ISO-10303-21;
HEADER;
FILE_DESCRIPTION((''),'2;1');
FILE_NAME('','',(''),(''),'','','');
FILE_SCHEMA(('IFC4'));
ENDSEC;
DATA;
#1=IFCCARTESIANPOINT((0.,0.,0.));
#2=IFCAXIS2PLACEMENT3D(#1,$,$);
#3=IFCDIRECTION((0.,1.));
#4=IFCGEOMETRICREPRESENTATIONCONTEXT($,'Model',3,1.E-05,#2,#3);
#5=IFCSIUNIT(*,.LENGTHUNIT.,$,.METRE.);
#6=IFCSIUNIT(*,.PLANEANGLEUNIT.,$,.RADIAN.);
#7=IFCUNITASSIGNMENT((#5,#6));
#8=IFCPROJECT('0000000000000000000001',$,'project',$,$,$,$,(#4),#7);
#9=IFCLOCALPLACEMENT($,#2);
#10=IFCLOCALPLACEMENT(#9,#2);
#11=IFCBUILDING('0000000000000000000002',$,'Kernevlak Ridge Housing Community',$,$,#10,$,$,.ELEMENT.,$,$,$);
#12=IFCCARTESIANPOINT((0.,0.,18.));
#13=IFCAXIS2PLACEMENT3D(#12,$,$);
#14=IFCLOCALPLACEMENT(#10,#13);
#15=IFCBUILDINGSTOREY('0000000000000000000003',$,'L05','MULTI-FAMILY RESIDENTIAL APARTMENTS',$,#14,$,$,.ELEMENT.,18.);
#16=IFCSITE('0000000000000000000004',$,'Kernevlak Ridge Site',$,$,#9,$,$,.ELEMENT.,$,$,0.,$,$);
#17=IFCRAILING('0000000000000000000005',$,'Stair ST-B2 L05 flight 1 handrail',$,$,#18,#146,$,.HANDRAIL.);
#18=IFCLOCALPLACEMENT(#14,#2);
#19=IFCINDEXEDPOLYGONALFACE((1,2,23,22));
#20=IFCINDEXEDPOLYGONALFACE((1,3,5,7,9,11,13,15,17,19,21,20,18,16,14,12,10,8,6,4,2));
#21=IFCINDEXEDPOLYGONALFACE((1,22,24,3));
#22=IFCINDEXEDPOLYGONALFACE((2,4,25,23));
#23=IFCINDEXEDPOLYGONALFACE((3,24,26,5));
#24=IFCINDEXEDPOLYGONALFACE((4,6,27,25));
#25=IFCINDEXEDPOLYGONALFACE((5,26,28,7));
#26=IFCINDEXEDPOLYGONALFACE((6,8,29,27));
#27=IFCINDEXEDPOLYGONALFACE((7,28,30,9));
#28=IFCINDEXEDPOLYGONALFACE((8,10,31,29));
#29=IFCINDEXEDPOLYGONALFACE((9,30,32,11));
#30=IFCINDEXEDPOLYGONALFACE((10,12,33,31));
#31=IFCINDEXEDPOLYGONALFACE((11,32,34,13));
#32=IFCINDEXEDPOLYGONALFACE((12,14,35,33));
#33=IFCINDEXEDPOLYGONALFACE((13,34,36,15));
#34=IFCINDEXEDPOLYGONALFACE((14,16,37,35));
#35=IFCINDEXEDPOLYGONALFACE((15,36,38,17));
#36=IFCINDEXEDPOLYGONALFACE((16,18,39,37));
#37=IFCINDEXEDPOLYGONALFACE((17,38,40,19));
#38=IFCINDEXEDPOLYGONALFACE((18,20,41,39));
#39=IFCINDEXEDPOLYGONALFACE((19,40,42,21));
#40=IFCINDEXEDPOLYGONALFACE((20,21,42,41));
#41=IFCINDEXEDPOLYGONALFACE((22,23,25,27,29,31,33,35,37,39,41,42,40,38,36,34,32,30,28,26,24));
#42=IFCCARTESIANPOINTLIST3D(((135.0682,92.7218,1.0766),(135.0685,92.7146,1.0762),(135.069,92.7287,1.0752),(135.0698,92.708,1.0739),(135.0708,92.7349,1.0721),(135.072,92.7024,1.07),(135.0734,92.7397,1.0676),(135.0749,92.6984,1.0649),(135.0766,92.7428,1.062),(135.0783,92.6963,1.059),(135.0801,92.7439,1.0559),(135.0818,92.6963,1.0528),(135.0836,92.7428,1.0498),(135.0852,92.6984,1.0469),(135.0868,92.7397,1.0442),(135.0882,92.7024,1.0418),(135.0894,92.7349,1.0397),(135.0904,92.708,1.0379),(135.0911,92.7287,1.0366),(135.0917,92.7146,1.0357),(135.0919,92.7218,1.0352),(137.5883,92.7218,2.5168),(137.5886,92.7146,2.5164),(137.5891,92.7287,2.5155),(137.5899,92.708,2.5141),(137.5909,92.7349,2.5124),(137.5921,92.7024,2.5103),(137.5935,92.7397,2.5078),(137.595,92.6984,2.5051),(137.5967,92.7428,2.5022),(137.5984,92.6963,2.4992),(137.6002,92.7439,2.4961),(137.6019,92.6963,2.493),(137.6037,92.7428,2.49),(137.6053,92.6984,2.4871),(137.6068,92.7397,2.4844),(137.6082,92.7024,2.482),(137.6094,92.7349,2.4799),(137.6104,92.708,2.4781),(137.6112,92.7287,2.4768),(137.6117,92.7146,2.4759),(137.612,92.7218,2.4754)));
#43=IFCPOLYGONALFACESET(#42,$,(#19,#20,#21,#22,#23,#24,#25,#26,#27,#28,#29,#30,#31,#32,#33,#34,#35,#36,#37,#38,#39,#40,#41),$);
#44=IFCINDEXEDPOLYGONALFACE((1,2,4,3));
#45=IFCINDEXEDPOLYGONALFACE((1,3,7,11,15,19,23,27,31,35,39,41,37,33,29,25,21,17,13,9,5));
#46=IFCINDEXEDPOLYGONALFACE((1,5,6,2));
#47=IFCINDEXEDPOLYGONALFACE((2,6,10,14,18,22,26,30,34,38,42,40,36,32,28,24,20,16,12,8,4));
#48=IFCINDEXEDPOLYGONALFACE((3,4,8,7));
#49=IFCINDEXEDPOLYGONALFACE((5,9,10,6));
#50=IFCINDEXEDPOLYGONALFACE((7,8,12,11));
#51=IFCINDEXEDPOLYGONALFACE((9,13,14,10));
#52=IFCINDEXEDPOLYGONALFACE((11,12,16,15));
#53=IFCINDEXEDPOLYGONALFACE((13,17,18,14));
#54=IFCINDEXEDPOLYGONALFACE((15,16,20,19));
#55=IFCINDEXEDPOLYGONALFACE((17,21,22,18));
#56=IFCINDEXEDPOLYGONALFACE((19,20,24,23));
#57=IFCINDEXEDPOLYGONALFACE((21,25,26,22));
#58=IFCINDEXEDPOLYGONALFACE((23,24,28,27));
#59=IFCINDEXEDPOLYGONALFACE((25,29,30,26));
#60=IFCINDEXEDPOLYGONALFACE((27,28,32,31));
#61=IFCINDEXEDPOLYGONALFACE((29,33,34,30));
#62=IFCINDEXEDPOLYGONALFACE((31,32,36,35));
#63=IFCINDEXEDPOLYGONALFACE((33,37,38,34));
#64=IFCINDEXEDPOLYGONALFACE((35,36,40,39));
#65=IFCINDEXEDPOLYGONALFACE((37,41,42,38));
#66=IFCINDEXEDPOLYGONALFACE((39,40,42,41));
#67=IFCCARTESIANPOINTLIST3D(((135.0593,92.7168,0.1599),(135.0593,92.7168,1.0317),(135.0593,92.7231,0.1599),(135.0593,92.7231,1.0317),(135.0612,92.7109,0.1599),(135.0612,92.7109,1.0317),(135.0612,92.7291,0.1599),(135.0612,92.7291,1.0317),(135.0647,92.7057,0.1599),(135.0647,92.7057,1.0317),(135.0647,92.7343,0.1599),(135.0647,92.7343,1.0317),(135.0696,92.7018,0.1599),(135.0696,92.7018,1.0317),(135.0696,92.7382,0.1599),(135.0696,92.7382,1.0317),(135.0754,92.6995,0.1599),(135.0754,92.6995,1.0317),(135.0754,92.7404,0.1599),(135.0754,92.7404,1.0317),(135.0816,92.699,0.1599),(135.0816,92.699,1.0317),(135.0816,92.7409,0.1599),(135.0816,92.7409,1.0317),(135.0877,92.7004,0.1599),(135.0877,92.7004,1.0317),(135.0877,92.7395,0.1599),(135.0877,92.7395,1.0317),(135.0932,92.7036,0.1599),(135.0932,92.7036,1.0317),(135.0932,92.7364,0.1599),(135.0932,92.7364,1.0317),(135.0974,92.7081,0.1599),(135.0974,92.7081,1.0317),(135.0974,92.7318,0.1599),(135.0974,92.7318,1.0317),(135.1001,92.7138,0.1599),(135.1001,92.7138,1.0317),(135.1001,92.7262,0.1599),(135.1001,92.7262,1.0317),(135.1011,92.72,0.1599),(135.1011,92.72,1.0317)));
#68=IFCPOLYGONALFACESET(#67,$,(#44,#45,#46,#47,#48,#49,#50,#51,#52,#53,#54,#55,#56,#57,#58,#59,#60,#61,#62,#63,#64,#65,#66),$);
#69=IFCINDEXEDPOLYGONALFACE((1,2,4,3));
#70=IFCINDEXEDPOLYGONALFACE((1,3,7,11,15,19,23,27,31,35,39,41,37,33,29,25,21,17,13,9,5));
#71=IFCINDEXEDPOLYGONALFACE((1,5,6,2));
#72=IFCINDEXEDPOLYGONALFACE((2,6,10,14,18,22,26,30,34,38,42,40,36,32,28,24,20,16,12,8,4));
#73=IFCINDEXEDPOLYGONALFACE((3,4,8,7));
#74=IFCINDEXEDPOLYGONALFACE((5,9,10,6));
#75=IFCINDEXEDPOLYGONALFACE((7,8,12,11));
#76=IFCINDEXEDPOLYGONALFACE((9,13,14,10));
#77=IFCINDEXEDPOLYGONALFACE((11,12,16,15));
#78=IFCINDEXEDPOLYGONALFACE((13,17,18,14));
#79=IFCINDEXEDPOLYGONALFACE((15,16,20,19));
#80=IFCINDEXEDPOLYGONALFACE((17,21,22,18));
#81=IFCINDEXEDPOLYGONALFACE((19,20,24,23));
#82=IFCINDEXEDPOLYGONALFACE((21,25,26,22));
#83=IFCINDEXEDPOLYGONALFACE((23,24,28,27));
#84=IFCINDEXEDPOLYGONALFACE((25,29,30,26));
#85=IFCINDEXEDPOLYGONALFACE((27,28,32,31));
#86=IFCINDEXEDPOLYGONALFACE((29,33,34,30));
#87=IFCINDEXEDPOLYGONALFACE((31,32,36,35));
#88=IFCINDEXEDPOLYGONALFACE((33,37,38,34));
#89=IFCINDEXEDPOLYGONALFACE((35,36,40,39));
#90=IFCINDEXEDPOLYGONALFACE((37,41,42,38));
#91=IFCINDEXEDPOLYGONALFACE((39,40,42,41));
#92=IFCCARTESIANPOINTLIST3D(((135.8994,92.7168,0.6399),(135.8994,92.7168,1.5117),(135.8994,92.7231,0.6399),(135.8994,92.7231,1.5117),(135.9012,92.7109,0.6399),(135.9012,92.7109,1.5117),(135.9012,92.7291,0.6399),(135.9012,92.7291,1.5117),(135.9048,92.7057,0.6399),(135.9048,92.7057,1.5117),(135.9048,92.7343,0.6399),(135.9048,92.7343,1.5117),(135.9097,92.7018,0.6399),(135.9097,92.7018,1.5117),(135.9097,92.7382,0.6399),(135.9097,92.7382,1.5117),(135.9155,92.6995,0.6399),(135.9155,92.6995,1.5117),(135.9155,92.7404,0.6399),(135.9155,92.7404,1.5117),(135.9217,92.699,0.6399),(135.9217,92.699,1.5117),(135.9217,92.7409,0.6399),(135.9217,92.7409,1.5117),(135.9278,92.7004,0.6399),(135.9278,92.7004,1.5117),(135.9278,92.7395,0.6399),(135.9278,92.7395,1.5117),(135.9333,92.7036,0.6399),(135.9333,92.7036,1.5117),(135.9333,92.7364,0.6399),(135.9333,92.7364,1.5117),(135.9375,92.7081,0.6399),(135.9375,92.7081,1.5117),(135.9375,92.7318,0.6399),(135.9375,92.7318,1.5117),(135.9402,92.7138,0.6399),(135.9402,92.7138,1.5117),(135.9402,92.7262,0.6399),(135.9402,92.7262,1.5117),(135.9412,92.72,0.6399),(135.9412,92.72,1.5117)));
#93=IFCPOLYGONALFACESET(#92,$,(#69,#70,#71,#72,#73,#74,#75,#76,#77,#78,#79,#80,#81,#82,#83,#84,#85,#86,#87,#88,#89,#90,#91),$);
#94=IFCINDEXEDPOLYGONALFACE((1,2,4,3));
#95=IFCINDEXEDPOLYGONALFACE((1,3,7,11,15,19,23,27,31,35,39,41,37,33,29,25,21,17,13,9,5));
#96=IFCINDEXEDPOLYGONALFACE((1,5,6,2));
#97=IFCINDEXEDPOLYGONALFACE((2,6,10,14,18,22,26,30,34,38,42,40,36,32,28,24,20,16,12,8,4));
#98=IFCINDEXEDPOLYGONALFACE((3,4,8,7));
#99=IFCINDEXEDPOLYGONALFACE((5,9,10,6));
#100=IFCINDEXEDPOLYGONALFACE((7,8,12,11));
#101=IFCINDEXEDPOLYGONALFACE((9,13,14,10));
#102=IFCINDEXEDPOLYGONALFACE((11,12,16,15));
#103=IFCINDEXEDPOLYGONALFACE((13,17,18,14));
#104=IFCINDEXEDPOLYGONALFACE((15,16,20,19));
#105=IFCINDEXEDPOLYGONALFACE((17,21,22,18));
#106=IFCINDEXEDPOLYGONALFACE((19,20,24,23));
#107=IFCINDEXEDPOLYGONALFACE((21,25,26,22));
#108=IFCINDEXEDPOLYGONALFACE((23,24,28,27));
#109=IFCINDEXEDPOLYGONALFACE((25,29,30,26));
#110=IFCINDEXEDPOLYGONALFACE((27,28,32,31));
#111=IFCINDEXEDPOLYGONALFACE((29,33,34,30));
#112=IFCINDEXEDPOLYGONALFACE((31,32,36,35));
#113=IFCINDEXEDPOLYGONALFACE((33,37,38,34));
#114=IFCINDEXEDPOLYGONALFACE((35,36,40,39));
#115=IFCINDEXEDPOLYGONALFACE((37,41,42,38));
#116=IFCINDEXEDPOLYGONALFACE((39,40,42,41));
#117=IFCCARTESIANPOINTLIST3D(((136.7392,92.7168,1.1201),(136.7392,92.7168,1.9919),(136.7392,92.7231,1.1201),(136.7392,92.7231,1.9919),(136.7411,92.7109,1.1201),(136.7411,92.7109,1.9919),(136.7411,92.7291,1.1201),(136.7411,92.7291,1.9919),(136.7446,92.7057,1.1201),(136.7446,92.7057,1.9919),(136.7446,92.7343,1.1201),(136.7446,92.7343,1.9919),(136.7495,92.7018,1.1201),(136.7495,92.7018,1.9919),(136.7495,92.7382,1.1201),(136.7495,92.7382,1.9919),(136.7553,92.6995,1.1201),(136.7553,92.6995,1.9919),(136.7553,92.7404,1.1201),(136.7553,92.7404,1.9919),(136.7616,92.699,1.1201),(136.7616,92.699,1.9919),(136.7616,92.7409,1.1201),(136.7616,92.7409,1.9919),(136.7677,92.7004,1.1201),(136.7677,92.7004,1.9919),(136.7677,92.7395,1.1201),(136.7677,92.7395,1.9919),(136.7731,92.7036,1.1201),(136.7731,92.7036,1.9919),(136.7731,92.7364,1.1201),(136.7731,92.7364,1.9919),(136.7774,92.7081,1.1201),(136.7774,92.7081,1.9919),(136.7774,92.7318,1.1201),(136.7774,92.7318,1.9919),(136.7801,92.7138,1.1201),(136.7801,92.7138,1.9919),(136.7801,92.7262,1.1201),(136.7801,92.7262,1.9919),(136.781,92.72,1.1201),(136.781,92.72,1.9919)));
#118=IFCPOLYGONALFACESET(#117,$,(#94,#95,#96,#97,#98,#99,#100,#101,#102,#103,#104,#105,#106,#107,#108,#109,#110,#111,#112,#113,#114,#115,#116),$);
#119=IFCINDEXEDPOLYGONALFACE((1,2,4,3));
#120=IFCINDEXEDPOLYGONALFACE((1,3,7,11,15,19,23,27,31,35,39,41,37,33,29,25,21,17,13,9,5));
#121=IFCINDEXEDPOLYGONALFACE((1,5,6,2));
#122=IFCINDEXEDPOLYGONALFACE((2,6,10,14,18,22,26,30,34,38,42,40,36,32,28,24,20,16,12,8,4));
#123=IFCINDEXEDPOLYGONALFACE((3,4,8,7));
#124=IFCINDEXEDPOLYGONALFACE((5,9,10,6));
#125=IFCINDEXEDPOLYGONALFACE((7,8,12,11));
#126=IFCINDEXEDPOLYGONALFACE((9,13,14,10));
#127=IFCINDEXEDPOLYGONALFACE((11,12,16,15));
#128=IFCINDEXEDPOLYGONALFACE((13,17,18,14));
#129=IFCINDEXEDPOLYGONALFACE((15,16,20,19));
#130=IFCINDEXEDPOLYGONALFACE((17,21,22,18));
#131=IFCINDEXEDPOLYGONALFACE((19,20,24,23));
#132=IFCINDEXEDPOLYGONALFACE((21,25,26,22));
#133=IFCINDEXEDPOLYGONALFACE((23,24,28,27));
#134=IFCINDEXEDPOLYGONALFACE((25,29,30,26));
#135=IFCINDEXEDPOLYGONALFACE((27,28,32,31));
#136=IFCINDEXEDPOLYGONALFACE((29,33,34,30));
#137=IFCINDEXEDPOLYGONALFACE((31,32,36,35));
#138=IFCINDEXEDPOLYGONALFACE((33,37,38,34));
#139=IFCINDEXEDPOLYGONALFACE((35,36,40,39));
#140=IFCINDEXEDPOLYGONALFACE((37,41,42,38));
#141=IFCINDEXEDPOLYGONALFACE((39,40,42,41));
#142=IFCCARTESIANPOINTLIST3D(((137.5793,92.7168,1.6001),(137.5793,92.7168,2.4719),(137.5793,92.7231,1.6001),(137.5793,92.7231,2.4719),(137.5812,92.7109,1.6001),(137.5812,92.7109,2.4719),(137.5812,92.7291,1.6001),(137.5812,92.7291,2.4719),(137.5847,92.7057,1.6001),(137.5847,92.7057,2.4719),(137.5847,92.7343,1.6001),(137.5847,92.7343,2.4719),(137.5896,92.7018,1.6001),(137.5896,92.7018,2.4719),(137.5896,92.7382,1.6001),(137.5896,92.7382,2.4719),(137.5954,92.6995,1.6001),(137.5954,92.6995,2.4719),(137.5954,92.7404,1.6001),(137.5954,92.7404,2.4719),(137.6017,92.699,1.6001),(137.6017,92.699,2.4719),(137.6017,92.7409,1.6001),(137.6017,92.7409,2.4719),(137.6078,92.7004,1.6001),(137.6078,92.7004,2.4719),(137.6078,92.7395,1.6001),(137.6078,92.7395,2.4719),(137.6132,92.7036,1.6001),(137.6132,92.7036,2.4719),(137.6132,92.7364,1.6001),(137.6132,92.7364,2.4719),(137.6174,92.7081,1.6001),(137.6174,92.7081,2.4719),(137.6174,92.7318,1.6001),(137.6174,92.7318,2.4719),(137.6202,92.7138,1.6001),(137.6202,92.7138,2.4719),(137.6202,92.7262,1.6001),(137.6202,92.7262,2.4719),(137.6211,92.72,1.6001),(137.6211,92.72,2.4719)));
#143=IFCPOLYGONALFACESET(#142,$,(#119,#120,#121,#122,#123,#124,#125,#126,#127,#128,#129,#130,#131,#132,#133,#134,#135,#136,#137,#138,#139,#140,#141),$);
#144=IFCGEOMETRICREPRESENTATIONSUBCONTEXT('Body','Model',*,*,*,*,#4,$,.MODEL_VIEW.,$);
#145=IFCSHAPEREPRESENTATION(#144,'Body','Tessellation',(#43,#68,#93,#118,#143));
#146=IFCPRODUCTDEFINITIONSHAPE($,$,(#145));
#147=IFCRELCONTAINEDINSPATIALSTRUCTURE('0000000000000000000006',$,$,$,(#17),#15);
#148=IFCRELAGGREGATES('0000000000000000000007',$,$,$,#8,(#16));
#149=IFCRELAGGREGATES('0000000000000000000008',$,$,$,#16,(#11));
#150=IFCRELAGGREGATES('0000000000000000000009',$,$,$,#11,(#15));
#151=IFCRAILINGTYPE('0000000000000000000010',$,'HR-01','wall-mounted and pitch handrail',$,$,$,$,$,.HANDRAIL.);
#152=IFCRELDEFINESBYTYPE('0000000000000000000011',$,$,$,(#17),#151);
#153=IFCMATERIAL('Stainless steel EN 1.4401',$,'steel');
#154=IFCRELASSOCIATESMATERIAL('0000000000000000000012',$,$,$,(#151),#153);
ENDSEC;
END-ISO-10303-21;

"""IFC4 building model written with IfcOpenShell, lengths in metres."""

from ifc_helpers import new_model, si_unit, direction, frame, origin, origin_2d, place, context, subcontext, project, spatial, circle, extrude, material, type_object, element, save


model = new_model("IFC4")

# Units and contexts
model_context = context("Model", 3, precision=1e-05, world=origin(), true_north=direction((0.0, 1.0)))
body_context = subcontext(model_context, "Body", "Model", "MODEL_VIEW")
ifc_project = project(units=[si_unit("LENGTHUNIT", "METRE"), si_unit("PLANEANGLEUNIT", "RADIAN")], contexts=[model_context])

# Site, building, storey
site_placement = place(None, origin())
site = spatial("IfcSite", under=ifc_project, at=site_placement, Name="Kernevlak Ridge Site", CompositionType="ELEMENT", RefElevation=0.0)
building_placement = place(site_placement, origin())
building = spatial("IfcBuilding", under=site, at=building_placement, Name="Kernevlak Ridge Housing Community", CompositionType="ELEMENT")
storey_placement = place(building_placement, frame((0.0, 0.0, 18.0)))
storey = spatial("IfcBuildingStorey", under=building, at=storey_placement, Name="L05", Description="MULTI-FAMILY RESIDENTIAL APARTMENTS", CompositionType="ELEMENT", Elevation=18.0)

# Railing
ifc_material_1 = material(Name="Stainless steel EN 1.4401", Category="steel")
railing_type_1 = type_object("IfcRailingType", Name="HR-01", Description="wall-mounted and pitch handrail", PredefinedType="HANDRAIL", material=ifc_material_1)
railing_1_placement = place(storey_placement, frame((135.0801, 92.72, 0.1599)))
element("IfcRailing", 1, at=railing_1_placement, inside=storey, type_object=railing_type_1, Name="Stair ST-B2 L05 flight 1 handrail", PredefinedType="HANDRAIL", context=body_context, shape_type="SweptSolid", body=[
    extrude(circle(Radius=0.0239, at=origin_2d()), frame((0.0, 0.0, 0.896), z_axis=(0.868217, 0.0, 0.496184), x_axis=(0.0, 1.0, 0.0)), (0.0, 0.0, 1.0), 2.9026),
    extrude(circle(Radius=0.021, at=origin_2d()), origin(), (0.0, 0.0, 1.0), 0.8718),
    extrude(circle(Radius=0.021, at=origin_2d()), frame((0.8401, 0.0, 0.48)), (0.0, 0.0, 1.0), 0.8718),
    extrude(circle(Radius=0.021, at=origin_2d()), frame((1.6799, 0.0, 0.9602)), (0.0, 0.0, 1.0), 0.8718),
    extrude(circle(Radius=0.021, at=origin_2d()), frame((2.52, 0.0, 1.4402)), (0.0, 0.0, 1.0), 0.8718),
])

save(model, "model.ifc")
